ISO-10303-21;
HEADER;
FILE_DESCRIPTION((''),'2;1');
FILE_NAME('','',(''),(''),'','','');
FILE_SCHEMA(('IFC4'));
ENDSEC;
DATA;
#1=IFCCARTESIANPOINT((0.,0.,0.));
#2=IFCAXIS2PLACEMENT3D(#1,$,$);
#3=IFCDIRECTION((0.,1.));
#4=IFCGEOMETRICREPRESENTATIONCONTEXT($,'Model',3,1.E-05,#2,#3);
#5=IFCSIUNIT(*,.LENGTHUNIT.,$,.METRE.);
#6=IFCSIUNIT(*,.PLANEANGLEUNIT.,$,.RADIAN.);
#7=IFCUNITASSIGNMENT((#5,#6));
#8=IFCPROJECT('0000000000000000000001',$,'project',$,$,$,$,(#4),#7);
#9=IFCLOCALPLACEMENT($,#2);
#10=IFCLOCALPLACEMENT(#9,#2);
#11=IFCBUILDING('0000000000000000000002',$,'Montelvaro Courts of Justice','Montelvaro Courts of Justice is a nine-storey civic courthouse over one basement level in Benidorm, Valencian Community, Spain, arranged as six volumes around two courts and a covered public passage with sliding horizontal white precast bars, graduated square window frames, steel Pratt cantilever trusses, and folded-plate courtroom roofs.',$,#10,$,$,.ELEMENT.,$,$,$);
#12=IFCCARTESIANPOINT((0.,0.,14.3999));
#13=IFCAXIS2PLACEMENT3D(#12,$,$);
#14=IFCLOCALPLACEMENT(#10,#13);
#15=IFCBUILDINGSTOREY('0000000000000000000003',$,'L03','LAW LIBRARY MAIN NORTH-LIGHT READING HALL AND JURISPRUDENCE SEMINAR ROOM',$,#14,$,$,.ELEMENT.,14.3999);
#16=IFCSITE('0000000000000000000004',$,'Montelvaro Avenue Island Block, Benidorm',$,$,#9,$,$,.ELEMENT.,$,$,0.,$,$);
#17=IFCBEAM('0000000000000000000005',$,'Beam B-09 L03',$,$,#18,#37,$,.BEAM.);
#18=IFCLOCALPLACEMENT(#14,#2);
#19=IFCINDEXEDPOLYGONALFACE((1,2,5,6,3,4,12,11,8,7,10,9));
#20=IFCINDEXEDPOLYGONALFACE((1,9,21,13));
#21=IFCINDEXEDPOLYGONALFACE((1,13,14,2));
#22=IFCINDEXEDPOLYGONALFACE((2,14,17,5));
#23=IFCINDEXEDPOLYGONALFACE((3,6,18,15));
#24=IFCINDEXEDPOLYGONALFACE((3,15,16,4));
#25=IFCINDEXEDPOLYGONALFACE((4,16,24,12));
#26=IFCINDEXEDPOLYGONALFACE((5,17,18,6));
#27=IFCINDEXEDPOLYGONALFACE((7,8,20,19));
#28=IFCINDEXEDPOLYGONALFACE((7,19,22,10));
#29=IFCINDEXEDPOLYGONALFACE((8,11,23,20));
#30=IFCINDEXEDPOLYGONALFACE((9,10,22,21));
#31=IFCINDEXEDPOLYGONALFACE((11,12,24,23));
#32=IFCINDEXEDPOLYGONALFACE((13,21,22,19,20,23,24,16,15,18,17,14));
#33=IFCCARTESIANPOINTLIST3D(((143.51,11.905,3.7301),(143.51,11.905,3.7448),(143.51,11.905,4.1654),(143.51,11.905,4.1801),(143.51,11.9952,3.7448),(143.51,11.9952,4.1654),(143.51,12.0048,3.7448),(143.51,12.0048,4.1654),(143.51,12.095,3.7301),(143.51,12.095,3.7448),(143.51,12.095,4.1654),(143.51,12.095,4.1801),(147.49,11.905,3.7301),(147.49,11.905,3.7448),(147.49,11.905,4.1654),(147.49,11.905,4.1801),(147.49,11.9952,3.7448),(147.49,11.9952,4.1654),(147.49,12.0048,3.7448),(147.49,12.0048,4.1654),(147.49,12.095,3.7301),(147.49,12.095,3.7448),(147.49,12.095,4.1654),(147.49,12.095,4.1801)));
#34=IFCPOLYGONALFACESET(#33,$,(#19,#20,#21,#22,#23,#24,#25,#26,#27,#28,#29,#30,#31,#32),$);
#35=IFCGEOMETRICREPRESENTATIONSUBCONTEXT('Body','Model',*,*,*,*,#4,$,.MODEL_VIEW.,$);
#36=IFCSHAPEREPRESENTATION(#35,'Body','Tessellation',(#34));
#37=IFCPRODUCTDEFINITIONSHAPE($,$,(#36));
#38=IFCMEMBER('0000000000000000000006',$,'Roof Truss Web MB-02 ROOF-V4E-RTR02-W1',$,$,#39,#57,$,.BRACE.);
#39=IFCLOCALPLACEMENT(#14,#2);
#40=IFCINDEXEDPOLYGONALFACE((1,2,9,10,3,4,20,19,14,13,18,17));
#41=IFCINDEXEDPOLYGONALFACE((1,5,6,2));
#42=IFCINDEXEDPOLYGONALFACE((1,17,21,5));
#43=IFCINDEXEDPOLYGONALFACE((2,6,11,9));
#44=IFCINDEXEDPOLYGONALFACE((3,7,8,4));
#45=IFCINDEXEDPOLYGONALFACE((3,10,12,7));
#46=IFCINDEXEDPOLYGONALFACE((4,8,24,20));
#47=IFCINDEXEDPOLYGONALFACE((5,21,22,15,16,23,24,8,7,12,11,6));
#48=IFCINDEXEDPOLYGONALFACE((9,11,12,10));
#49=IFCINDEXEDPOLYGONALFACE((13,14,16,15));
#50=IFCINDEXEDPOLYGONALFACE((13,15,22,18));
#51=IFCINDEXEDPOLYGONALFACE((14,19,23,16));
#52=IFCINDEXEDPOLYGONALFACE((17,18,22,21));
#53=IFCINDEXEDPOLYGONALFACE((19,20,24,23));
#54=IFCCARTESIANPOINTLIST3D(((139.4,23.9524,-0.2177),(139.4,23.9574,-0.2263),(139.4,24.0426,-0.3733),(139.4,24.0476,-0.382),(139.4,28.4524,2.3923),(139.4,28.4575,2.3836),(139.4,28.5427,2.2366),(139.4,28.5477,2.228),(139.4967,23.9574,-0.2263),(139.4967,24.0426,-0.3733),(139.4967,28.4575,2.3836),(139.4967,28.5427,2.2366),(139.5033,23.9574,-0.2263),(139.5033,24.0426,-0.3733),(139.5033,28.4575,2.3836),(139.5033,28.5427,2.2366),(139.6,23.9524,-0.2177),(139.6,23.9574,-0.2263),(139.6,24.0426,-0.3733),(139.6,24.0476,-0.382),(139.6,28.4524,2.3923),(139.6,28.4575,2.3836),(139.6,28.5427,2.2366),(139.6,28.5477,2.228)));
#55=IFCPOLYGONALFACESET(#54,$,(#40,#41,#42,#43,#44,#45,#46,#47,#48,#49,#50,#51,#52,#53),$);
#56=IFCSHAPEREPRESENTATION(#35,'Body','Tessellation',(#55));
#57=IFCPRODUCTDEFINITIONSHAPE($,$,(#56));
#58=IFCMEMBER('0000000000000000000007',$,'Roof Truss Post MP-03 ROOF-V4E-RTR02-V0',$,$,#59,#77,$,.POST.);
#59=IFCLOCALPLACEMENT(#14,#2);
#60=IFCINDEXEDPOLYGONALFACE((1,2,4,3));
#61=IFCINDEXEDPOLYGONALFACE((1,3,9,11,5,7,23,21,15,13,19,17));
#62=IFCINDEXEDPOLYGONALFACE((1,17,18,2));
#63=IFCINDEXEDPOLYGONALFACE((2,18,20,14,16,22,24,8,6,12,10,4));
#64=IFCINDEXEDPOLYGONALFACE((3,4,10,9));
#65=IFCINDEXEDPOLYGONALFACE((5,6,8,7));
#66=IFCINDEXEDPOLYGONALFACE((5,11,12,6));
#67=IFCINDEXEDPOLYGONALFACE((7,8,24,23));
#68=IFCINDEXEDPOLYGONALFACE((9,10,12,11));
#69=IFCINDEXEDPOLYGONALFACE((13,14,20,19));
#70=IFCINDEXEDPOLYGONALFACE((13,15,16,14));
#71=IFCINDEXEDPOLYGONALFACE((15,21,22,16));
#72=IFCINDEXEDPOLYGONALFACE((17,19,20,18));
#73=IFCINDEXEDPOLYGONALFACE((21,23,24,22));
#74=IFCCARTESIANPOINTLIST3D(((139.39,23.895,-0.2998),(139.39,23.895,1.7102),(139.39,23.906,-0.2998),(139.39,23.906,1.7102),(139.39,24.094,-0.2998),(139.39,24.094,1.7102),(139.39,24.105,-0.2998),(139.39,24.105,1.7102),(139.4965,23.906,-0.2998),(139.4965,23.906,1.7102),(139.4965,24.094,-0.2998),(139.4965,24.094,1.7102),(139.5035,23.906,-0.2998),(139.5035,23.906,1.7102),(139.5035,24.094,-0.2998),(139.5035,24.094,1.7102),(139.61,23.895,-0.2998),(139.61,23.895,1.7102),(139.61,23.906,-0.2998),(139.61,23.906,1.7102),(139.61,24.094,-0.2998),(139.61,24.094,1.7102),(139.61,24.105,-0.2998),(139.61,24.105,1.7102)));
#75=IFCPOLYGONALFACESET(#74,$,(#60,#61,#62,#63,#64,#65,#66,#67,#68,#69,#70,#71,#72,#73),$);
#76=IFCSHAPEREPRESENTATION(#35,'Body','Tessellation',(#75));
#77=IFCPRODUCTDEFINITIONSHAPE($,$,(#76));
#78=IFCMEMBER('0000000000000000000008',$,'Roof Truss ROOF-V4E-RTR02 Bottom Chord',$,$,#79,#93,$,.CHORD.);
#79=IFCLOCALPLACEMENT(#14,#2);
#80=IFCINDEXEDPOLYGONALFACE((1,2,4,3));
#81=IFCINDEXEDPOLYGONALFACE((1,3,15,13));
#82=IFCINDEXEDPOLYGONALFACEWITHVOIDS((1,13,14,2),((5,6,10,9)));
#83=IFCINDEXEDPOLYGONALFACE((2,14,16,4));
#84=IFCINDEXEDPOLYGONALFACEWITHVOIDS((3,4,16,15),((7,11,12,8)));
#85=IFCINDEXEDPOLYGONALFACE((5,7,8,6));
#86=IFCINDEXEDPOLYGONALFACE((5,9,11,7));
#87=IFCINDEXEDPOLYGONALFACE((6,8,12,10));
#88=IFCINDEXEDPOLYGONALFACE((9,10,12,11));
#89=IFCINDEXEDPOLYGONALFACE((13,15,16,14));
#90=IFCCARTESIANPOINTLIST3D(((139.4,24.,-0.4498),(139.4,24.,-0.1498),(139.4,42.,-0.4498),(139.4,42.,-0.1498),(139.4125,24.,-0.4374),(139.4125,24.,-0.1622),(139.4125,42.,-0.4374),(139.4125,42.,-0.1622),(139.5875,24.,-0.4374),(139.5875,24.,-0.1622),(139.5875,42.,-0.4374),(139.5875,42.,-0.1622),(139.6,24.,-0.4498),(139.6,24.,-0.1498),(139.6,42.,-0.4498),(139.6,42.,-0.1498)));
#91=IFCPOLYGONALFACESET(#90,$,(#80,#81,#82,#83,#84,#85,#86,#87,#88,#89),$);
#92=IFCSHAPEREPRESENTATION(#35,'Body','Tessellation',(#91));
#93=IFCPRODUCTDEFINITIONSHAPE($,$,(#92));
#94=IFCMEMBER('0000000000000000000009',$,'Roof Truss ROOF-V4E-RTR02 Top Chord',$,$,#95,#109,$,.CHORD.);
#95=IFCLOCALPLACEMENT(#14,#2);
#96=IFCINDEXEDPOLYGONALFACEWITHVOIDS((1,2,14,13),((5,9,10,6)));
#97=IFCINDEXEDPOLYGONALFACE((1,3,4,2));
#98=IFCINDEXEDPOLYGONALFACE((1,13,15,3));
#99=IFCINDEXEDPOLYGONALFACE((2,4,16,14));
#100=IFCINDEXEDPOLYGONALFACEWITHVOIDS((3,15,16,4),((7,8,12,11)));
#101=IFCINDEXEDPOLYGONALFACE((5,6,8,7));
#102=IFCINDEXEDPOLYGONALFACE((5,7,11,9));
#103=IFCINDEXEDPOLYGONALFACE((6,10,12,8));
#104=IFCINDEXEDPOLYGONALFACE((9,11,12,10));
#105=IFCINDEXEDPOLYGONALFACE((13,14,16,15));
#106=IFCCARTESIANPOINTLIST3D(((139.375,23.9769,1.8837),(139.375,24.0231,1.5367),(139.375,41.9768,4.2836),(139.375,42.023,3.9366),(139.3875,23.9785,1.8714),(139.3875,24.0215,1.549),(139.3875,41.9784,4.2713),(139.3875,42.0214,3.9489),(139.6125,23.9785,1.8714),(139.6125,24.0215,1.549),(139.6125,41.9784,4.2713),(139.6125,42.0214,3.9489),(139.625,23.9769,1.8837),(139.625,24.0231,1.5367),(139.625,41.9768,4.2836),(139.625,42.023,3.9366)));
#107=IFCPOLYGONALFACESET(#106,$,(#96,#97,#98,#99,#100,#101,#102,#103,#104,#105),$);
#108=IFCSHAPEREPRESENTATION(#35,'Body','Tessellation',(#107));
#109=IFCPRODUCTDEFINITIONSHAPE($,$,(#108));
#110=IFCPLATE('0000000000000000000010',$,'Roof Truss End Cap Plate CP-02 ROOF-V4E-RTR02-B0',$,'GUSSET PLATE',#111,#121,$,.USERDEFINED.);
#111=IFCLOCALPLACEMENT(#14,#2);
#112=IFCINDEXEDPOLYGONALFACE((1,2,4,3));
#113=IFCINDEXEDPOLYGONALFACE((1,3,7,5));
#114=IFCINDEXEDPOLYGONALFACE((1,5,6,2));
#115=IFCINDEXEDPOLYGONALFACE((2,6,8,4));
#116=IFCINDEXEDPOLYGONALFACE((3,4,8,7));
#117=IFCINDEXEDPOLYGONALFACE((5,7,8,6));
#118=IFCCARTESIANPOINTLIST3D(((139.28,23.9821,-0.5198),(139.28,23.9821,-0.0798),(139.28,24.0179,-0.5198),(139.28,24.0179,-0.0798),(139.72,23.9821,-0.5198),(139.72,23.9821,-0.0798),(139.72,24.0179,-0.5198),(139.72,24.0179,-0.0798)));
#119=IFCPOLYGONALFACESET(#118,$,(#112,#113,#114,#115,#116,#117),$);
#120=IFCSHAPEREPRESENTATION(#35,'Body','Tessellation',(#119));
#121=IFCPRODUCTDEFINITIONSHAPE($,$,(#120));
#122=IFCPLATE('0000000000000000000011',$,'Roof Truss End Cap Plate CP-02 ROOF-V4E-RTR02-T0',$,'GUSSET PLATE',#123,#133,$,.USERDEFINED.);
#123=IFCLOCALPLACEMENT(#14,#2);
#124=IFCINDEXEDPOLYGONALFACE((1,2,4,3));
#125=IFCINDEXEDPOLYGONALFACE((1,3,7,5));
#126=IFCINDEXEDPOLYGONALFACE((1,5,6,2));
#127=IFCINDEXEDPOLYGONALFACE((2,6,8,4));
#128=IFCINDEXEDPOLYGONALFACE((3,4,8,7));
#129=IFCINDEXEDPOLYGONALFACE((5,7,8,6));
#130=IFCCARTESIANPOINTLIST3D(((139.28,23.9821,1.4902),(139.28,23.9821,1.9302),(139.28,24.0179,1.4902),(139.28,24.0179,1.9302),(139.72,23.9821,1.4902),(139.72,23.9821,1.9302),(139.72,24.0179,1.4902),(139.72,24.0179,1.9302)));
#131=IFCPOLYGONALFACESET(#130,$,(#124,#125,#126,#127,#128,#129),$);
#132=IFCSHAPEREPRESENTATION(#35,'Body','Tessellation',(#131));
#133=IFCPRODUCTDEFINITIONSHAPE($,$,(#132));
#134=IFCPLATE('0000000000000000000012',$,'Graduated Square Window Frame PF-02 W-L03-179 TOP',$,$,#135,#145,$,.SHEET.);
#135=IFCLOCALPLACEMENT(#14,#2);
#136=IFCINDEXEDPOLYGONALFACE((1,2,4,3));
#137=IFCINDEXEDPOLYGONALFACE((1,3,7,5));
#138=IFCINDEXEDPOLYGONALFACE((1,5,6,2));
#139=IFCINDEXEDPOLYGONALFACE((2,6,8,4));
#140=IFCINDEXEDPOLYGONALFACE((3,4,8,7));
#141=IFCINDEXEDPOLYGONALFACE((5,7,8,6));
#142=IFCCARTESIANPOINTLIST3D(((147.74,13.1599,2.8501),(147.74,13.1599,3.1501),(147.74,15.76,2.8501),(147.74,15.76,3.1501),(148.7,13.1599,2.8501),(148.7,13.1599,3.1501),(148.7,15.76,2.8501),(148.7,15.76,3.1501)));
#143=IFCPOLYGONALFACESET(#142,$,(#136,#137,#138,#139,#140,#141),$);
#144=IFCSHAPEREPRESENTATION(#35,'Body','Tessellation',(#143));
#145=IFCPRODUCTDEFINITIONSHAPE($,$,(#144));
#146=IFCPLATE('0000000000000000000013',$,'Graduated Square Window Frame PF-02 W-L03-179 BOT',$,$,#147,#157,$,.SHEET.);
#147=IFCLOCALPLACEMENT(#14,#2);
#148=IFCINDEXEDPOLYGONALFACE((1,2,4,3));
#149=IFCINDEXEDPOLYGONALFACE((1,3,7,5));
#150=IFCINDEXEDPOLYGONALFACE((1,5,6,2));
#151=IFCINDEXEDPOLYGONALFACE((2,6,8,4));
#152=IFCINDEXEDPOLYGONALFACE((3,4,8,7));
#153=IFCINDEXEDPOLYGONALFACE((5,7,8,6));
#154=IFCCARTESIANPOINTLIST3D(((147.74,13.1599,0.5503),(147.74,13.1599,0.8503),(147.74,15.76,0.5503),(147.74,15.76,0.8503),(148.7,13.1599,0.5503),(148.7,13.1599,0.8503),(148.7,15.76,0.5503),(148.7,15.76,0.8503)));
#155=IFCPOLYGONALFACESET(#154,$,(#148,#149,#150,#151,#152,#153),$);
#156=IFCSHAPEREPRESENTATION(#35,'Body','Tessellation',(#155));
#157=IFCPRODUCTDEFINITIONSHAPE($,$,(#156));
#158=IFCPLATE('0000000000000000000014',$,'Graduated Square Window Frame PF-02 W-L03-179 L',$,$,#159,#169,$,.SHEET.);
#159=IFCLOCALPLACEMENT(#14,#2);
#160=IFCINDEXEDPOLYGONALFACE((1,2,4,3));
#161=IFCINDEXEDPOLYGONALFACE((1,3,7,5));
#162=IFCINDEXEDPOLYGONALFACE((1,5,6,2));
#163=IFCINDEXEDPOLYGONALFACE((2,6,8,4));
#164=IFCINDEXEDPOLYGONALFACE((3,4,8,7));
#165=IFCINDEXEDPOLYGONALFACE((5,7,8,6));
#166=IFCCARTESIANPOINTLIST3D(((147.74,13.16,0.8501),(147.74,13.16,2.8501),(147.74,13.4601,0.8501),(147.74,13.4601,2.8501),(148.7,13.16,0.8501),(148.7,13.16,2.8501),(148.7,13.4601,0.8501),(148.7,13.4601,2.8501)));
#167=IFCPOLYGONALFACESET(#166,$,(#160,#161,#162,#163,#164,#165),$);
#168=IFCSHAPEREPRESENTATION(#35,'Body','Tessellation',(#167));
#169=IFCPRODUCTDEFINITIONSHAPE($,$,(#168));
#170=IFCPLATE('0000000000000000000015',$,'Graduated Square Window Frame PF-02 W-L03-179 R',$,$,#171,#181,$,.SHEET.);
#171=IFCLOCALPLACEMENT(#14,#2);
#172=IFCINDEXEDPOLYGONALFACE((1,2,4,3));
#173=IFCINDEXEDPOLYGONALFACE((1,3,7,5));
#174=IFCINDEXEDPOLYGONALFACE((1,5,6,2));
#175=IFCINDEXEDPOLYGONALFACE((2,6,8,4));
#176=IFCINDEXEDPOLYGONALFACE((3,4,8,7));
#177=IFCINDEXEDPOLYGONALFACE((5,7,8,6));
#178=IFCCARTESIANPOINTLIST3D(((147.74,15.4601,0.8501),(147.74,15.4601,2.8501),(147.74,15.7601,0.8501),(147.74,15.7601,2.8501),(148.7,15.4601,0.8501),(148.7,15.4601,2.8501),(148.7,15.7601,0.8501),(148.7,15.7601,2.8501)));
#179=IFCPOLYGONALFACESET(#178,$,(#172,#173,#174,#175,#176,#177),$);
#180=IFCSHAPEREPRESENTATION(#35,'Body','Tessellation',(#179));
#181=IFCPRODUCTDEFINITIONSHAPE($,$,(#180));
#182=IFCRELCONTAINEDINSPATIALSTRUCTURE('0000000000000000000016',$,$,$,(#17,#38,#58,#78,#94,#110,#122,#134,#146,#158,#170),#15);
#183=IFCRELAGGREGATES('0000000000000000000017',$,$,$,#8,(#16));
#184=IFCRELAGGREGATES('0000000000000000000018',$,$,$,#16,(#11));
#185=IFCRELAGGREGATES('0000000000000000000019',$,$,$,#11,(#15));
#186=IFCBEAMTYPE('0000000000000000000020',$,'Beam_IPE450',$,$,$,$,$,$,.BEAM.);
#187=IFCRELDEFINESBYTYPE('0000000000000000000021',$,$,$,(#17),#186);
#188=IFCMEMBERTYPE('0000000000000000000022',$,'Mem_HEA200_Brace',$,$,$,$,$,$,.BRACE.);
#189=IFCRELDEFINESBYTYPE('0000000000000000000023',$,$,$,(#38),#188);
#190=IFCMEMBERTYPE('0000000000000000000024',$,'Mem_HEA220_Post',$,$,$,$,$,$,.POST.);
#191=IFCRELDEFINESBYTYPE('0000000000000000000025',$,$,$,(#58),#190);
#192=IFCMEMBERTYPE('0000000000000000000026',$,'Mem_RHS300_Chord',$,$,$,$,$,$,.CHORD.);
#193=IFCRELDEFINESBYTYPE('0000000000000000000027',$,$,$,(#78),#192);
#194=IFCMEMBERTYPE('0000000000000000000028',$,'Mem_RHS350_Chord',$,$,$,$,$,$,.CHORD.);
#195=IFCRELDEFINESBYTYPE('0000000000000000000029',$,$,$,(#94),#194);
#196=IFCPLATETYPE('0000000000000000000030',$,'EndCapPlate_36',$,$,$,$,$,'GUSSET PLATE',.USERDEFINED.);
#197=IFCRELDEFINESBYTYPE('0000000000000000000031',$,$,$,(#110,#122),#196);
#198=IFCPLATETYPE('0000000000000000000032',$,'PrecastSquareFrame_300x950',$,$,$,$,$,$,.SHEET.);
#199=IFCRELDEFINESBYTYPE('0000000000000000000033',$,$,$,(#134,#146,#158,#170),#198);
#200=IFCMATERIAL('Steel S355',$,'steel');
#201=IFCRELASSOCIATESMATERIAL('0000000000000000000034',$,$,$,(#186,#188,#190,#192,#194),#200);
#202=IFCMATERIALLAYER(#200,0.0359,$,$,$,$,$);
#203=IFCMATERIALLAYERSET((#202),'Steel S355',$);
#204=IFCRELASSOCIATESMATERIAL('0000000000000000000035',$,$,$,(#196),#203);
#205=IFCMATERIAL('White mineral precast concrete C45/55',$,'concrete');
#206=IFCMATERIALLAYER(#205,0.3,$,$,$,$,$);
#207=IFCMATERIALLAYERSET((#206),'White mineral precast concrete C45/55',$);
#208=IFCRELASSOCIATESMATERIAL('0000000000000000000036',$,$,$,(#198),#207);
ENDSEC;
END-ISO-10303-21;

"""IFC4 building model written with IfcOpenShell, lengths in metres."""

from ifc_helpers import new_model, si_unit, direction, frame, origin, origin_2d, place, context, subcontext, project, spatial, rectangle, hollow_rectangle, i_section, extrude, material, layer, layer_set, material_profile, profile_set, type_object, element, save


model = new_model("IFC4")

# Units and contexts
model_context = context("Model", 3, precision=1e-05, world=origin(), true_north=direction((0.0, 1.0)))
body_context = subcontext(model_context, "Body", "Model", "MODEL_VIEW")
ifc_project = project(units=[si_unit("LENGTHUNIT", "METRE"), si_unit("PLANEANGLEUNIT", "RADIAN")], contexts=[model_context])

# Site, building, storey
site_placement = place(None, origin())
site = spatial("IfcSite", under=ifc_project, at=site_placement, Name="Montelvaro Avenue Island Block, Benidorm", CompositionType="ELEMENT", RefElevation=0.0)
building_placement = place(site_placement, origin())
building = spatial("IfcBuilding", under=site, at=building_placement, Name="Montelvaro Courts of Justice", Description="Montelvaro Courts of Justice is a nine-storey civic courthouse over one basement level in Benidorm, Valencian Community, Spain, arranged as six volumes around two courts and a covered public passage with sliding horizontal white precast bars, graduated square window frames, steel Pratt cantilever trusses, and folded-plate courtroom roofs.", CompositionType="ELEMENT")
storey_placement = place(building_placement, frame((0.0, 0.0, 14.3999)))
storey = spatial("IfcBuildingStorey", under=building, at=storey_placement, Name="L03", Description="LAW LIBRARY MAIN NORTH-LIGHT READING HALL AND JURISPRUDENCE SEMINAR ROOM", CompositionType="ELEMENT", Elevation=14.3999)

# Beam
ifc_material_1 = material(Name="Steel S355", Category="steel")
ifc_material_profile_1 = material_profile(ifc_material_1, i_section(OverallWidth=0.1899, OverallDepth=0.45, WebThickness=0.0095, FlangeThickness=0.0146, at=origin_2d()), Name="IPE 450")
ifc_profile_set_1 = profile_set([ifc_material_profile_1], Name="Steel S355")
beam_type = type_object("IfcBeamType", Name="Beam_IPE450", PredefinedType="BEAM", material=ifc_profile_set_1)
beam_placement = place(storey_placement, frame((143.51, 12.0, 3.9551), z_axis=(1.0, 0.0, 0.0), x_axis=(0.0, 1.0, 0.0)))
element("IfcBeam", 1, at=beam_placement, inside=storey, type_object=beam_type, Name="Beam B-09 L03", PredefinedType="BEAM", context=body_context, shape_type="SweptSolid", body=[
    extrude(i_section(OverallWidth=0.1899, OverallDepth=0.45, WebThickness=0.0095, FlangeThickness=0.0146, at=origin_2d()), origin(), (0.0, 0.0, 1.0), 3.98),
])

# Members
ifc_material_profile_2 = material_profile(ifc_material_1, i_section(OverallWidth=0.2, OverallDepth=0.1899, WebThickness=0.0066, FlangeThickness=0.01, at=origin_2d()), Name="HEA 200")
ifc_profile_set_2 = profile_set([ifc_material_profile_2], Name="Steel S355")
member_type_1 = type_object("IfcMemberType", Name="Mem_HEA200_Brace", PredefinedType="BRACE", material=ifc_profile_set_2)
member_1_placement = place(storey_placement, frame((139.5, 24.0, -0.2998), z_axis=(0.0, 0.865043, 0.501698), x_axis=(-1.0, 0.0, 0.0)))
element("IfcMember", 2, at=member_1_placement, inside=storey, type_object=member_type_1, Name="Roof Truss Web MB-02 ROOF-V4E-RTR02-W1", PredefinedType="BRACE", context=body_context, shape_type="SweptSolid", body=[
    extrude(i_section(OverallWidth=0.2, OverallDepth=0.1899, WebThickness=0.0066, FlangeThickness=0.01, at=origin_2d()), origin(), (0.0, 0.0, 1.0), 5.2021),
])
ifc_material_profile_3 = material_profile(ifc_material_1, i_section(OverallWidth=0.22, OverallDepth=0.21, WebThickness=0.0071, FlangeThickness=0.011, at=origin_2d()), Name="HEA 220")
ifc_profile_set_3 = profile_set([ifc_material_profile_3], Name="Steel S355")
member_type_2 = type_object("IfcMemberType", Name="Mem_HEA220_Post", PredefinedType="POST", material=ifc_profile_set_3)
member_2_placement = place(storey_placement, frame((139.5, 24.0, -0.2998), z_axis=(0.0, 0.0, 1.0), x_axis=(1.0, 0.0, 0.0)))
element("IfcMember", 3, at=member_2_placement, inside=storey, type_object=member_type_2, Name="Roof Truss Post MP-03 ROOF-V4E-RTR02-V0", PredefinedType="POST", context=body_context, shape_type="SweptSolid", body=[
    extrude(i_section(OverallWidth=0.22, OverallDepth=0.21, WebThickness=0.0071, FlangeThickness=0.011, at=origin_2d()), origin(), (0.0, 0.0, 1.0), 2.01),
])
ifc_material_profile_4 = material_profile(ifc_material_1, hollow_rectangle(XDim=0.2, YDim=0.3, WallThickness=0.0125, at=origin_2d()), Name="RHS 300x200x12.5")
ifc_profile_set_4 = profile_set([ifc_material_profile_4], Name="Steel S355")
member_type_3 = type_object("IfcMemberType", Name="Mem_RHS300_Chord", PredefinedType="CHORD", material=ifc_profile_set_4)
member_3_placement = place(storey_placement, frame((139.5, 24.0, -0.2998), z_axis=(0.0, 1.0, 0.0), x_axis=(-1.0, 0.0, 0.0)))
element("IfcMember", 4, at=member_3_placement, inside=storey, type_object=member_type_3, Name="Roof Truss ROOF-V4E-RTR02 Bottom Chord", PredefinedType="CHORD", context=body_context, shape_type="SweptSolid", body=[
    extrude(hollow_rectangle(XDim=0.2, YDim=0.3, WallThickness=0.0125, at=origin_2d()), origin(), (0.0, 0.0, 1.0), 18.0),
])
ifc_material_profile_5 = material_profile(ifc_material_1, hollow_rectangle(XDim=0.25, YDim=0.3501, WallThickness=0.0125, at=origin_2d()), Name="RHS 350x250x12.5")
ifc_profile_set_5 = profile_set([ifc_material_profile_5], Name="Steel S355")
member_type_4 = type_object("IfcMemberType", Name="Mem_RHS350_Chord", PredefinedType="CHORD", material=ifc_profile_set_5)
member_4_placement = place(storey_placement, frame((139.5, 24.0, 1.7102), z_axis=(0.0, 0.991229, 0.132158), x_axis=(-1.0, 0.0, 0.0)))
element("IfcMember", 5, at=member_4_placement, inside=storey, type_object=member_type_4, Name="Roof Truss ROOF-V4E-RTR02 Top Chord", PredefinedType="CHORD", context=body_context, shape_type="SweptSolid", body=[
    extrude(hollow_rectangle(XDim=0.25, YDim=0.3501, WallThickness=0.0125, at=origin_2d()), origin(), (0.0, 0.0, 1.0), 18.1592),
])

# Plates
ifc_layer_1 = layer(ifc_material_1, 0.0359)
ifc_layer_set_1 = layer_set([ifc_layer_1], Name="Steel S355")
plate_type_1 = type_object("IfcPlateType", Name="EndCapPlate_36", ElementType="GUSSET PLATE", PredefinedType="USERDEFINED", material=ifc_layer_set_1)
for number, where, z_axis, x_axis, name in (
    (6, (139.5, 24.0, -0.5198), (0.0, 0.0, 1.0), (1.0, 0.0, 0.0), "Roof Truss End Cap Plate CP-02 ROOF-V4E-RTR02-B0"),
    (7, (139.5, 24.0, 1.4902), (0.0, 0.0, 1.0), (1.0, 0.0, 0.0), "Roof Truss End Cap Plate CP-02 ROOF-V4E-RTR02-T0"),
):
    element("IfcPlate", number, at=place(storey_placement, frame(where, z_axis=z_axis, x_axis=x_axis)), inside=storey, type_object=plate_type_1, Name=name, ObjectType="GUSSET PLATE", PredefinedType="USERDEFINED", context=body_context, shape_type="SweptSolid", body=[
        extrude(rectangle(XDim=0.4399, YDim=0.0359, at=origin_2d()), origin(), (0.0, 0.0, 1.0), 0.4399),
    ])
ifc_material_2 = material(Name="White mineral precast concrete C45/55", Category="concrete")
ifc_layer_2 = layer(ifc_material_2, 0.3)
ifc_layer_set_2 = layer_set([ifc_layer_2], Name="White mineral precast concrete C45/55")
plate_type_2 = type_object("IfcPlateType", Name="PrecastSquareFrame_300x950", PredefinedType="SHEET", material=ifc_layer_set_2)
for number, where, z_axis, x_axis, name in (
    (8, (148.22, 14.46, 2.8501), (0.0, 0.0, 1.0), (0.0, 1.0, 0.0), "Graduated Square Window Frame PF-02 W-L03-179 TOP"),
    (9, (148.22, 14.46, 0.5503), (0.0, 0.0, 1.0), (0.0, 1.0, 0.0), "Graduated Square Window Frame PF-02 W-L03-179 BOT"),
):
    element("IfcPlate", number, at=place(storey_placement, frame(where, z_axis=z_axis, x_axis=x_axis)), inside=storey, type_object=plate_type_2, Name=name, PredefinedType="SHEET", context=body_context, shape_type="SweptSolid", body=[
        extrude(rectangle(XDim=2.6001, YDim=0.96, at=origin_2d()), origin(), (0.0, 0.0, 1.0), 0.3),
    ])
for number, where, z_axis, x_axis, name in (
    (10, (148.22, 13.3101, 0.8501), (0.0, 0.0, 1.0), (0.0, 1.0, 0.0), "Graduated Square Window Frame PF-02 W-L03-179 L"),
    (11, (148.22, 15.6101, 0.8501), (0.0, 0.0, 1.0), (0.0, 1.0, 0.0), "Graduated Square Window Frame PF-02 W-L03-179 R"),
):
    element("IfcPlate", number, at=place(storey_placement, frame(where, z_axis=z_axis, x_axis=x_axis)), inside=storey, type_object=plate_type_2, Name=name, PredefinedType="SHEET", context=body_context, shape_type="SweptSolid", body=[
        extrude(rectangle(XDim=0.3, YDim=0.96, at=origin_2d()), origin(), (0.0, 0.0, 1.0), 2.0),
    ])

save(model, "model.ifc")
